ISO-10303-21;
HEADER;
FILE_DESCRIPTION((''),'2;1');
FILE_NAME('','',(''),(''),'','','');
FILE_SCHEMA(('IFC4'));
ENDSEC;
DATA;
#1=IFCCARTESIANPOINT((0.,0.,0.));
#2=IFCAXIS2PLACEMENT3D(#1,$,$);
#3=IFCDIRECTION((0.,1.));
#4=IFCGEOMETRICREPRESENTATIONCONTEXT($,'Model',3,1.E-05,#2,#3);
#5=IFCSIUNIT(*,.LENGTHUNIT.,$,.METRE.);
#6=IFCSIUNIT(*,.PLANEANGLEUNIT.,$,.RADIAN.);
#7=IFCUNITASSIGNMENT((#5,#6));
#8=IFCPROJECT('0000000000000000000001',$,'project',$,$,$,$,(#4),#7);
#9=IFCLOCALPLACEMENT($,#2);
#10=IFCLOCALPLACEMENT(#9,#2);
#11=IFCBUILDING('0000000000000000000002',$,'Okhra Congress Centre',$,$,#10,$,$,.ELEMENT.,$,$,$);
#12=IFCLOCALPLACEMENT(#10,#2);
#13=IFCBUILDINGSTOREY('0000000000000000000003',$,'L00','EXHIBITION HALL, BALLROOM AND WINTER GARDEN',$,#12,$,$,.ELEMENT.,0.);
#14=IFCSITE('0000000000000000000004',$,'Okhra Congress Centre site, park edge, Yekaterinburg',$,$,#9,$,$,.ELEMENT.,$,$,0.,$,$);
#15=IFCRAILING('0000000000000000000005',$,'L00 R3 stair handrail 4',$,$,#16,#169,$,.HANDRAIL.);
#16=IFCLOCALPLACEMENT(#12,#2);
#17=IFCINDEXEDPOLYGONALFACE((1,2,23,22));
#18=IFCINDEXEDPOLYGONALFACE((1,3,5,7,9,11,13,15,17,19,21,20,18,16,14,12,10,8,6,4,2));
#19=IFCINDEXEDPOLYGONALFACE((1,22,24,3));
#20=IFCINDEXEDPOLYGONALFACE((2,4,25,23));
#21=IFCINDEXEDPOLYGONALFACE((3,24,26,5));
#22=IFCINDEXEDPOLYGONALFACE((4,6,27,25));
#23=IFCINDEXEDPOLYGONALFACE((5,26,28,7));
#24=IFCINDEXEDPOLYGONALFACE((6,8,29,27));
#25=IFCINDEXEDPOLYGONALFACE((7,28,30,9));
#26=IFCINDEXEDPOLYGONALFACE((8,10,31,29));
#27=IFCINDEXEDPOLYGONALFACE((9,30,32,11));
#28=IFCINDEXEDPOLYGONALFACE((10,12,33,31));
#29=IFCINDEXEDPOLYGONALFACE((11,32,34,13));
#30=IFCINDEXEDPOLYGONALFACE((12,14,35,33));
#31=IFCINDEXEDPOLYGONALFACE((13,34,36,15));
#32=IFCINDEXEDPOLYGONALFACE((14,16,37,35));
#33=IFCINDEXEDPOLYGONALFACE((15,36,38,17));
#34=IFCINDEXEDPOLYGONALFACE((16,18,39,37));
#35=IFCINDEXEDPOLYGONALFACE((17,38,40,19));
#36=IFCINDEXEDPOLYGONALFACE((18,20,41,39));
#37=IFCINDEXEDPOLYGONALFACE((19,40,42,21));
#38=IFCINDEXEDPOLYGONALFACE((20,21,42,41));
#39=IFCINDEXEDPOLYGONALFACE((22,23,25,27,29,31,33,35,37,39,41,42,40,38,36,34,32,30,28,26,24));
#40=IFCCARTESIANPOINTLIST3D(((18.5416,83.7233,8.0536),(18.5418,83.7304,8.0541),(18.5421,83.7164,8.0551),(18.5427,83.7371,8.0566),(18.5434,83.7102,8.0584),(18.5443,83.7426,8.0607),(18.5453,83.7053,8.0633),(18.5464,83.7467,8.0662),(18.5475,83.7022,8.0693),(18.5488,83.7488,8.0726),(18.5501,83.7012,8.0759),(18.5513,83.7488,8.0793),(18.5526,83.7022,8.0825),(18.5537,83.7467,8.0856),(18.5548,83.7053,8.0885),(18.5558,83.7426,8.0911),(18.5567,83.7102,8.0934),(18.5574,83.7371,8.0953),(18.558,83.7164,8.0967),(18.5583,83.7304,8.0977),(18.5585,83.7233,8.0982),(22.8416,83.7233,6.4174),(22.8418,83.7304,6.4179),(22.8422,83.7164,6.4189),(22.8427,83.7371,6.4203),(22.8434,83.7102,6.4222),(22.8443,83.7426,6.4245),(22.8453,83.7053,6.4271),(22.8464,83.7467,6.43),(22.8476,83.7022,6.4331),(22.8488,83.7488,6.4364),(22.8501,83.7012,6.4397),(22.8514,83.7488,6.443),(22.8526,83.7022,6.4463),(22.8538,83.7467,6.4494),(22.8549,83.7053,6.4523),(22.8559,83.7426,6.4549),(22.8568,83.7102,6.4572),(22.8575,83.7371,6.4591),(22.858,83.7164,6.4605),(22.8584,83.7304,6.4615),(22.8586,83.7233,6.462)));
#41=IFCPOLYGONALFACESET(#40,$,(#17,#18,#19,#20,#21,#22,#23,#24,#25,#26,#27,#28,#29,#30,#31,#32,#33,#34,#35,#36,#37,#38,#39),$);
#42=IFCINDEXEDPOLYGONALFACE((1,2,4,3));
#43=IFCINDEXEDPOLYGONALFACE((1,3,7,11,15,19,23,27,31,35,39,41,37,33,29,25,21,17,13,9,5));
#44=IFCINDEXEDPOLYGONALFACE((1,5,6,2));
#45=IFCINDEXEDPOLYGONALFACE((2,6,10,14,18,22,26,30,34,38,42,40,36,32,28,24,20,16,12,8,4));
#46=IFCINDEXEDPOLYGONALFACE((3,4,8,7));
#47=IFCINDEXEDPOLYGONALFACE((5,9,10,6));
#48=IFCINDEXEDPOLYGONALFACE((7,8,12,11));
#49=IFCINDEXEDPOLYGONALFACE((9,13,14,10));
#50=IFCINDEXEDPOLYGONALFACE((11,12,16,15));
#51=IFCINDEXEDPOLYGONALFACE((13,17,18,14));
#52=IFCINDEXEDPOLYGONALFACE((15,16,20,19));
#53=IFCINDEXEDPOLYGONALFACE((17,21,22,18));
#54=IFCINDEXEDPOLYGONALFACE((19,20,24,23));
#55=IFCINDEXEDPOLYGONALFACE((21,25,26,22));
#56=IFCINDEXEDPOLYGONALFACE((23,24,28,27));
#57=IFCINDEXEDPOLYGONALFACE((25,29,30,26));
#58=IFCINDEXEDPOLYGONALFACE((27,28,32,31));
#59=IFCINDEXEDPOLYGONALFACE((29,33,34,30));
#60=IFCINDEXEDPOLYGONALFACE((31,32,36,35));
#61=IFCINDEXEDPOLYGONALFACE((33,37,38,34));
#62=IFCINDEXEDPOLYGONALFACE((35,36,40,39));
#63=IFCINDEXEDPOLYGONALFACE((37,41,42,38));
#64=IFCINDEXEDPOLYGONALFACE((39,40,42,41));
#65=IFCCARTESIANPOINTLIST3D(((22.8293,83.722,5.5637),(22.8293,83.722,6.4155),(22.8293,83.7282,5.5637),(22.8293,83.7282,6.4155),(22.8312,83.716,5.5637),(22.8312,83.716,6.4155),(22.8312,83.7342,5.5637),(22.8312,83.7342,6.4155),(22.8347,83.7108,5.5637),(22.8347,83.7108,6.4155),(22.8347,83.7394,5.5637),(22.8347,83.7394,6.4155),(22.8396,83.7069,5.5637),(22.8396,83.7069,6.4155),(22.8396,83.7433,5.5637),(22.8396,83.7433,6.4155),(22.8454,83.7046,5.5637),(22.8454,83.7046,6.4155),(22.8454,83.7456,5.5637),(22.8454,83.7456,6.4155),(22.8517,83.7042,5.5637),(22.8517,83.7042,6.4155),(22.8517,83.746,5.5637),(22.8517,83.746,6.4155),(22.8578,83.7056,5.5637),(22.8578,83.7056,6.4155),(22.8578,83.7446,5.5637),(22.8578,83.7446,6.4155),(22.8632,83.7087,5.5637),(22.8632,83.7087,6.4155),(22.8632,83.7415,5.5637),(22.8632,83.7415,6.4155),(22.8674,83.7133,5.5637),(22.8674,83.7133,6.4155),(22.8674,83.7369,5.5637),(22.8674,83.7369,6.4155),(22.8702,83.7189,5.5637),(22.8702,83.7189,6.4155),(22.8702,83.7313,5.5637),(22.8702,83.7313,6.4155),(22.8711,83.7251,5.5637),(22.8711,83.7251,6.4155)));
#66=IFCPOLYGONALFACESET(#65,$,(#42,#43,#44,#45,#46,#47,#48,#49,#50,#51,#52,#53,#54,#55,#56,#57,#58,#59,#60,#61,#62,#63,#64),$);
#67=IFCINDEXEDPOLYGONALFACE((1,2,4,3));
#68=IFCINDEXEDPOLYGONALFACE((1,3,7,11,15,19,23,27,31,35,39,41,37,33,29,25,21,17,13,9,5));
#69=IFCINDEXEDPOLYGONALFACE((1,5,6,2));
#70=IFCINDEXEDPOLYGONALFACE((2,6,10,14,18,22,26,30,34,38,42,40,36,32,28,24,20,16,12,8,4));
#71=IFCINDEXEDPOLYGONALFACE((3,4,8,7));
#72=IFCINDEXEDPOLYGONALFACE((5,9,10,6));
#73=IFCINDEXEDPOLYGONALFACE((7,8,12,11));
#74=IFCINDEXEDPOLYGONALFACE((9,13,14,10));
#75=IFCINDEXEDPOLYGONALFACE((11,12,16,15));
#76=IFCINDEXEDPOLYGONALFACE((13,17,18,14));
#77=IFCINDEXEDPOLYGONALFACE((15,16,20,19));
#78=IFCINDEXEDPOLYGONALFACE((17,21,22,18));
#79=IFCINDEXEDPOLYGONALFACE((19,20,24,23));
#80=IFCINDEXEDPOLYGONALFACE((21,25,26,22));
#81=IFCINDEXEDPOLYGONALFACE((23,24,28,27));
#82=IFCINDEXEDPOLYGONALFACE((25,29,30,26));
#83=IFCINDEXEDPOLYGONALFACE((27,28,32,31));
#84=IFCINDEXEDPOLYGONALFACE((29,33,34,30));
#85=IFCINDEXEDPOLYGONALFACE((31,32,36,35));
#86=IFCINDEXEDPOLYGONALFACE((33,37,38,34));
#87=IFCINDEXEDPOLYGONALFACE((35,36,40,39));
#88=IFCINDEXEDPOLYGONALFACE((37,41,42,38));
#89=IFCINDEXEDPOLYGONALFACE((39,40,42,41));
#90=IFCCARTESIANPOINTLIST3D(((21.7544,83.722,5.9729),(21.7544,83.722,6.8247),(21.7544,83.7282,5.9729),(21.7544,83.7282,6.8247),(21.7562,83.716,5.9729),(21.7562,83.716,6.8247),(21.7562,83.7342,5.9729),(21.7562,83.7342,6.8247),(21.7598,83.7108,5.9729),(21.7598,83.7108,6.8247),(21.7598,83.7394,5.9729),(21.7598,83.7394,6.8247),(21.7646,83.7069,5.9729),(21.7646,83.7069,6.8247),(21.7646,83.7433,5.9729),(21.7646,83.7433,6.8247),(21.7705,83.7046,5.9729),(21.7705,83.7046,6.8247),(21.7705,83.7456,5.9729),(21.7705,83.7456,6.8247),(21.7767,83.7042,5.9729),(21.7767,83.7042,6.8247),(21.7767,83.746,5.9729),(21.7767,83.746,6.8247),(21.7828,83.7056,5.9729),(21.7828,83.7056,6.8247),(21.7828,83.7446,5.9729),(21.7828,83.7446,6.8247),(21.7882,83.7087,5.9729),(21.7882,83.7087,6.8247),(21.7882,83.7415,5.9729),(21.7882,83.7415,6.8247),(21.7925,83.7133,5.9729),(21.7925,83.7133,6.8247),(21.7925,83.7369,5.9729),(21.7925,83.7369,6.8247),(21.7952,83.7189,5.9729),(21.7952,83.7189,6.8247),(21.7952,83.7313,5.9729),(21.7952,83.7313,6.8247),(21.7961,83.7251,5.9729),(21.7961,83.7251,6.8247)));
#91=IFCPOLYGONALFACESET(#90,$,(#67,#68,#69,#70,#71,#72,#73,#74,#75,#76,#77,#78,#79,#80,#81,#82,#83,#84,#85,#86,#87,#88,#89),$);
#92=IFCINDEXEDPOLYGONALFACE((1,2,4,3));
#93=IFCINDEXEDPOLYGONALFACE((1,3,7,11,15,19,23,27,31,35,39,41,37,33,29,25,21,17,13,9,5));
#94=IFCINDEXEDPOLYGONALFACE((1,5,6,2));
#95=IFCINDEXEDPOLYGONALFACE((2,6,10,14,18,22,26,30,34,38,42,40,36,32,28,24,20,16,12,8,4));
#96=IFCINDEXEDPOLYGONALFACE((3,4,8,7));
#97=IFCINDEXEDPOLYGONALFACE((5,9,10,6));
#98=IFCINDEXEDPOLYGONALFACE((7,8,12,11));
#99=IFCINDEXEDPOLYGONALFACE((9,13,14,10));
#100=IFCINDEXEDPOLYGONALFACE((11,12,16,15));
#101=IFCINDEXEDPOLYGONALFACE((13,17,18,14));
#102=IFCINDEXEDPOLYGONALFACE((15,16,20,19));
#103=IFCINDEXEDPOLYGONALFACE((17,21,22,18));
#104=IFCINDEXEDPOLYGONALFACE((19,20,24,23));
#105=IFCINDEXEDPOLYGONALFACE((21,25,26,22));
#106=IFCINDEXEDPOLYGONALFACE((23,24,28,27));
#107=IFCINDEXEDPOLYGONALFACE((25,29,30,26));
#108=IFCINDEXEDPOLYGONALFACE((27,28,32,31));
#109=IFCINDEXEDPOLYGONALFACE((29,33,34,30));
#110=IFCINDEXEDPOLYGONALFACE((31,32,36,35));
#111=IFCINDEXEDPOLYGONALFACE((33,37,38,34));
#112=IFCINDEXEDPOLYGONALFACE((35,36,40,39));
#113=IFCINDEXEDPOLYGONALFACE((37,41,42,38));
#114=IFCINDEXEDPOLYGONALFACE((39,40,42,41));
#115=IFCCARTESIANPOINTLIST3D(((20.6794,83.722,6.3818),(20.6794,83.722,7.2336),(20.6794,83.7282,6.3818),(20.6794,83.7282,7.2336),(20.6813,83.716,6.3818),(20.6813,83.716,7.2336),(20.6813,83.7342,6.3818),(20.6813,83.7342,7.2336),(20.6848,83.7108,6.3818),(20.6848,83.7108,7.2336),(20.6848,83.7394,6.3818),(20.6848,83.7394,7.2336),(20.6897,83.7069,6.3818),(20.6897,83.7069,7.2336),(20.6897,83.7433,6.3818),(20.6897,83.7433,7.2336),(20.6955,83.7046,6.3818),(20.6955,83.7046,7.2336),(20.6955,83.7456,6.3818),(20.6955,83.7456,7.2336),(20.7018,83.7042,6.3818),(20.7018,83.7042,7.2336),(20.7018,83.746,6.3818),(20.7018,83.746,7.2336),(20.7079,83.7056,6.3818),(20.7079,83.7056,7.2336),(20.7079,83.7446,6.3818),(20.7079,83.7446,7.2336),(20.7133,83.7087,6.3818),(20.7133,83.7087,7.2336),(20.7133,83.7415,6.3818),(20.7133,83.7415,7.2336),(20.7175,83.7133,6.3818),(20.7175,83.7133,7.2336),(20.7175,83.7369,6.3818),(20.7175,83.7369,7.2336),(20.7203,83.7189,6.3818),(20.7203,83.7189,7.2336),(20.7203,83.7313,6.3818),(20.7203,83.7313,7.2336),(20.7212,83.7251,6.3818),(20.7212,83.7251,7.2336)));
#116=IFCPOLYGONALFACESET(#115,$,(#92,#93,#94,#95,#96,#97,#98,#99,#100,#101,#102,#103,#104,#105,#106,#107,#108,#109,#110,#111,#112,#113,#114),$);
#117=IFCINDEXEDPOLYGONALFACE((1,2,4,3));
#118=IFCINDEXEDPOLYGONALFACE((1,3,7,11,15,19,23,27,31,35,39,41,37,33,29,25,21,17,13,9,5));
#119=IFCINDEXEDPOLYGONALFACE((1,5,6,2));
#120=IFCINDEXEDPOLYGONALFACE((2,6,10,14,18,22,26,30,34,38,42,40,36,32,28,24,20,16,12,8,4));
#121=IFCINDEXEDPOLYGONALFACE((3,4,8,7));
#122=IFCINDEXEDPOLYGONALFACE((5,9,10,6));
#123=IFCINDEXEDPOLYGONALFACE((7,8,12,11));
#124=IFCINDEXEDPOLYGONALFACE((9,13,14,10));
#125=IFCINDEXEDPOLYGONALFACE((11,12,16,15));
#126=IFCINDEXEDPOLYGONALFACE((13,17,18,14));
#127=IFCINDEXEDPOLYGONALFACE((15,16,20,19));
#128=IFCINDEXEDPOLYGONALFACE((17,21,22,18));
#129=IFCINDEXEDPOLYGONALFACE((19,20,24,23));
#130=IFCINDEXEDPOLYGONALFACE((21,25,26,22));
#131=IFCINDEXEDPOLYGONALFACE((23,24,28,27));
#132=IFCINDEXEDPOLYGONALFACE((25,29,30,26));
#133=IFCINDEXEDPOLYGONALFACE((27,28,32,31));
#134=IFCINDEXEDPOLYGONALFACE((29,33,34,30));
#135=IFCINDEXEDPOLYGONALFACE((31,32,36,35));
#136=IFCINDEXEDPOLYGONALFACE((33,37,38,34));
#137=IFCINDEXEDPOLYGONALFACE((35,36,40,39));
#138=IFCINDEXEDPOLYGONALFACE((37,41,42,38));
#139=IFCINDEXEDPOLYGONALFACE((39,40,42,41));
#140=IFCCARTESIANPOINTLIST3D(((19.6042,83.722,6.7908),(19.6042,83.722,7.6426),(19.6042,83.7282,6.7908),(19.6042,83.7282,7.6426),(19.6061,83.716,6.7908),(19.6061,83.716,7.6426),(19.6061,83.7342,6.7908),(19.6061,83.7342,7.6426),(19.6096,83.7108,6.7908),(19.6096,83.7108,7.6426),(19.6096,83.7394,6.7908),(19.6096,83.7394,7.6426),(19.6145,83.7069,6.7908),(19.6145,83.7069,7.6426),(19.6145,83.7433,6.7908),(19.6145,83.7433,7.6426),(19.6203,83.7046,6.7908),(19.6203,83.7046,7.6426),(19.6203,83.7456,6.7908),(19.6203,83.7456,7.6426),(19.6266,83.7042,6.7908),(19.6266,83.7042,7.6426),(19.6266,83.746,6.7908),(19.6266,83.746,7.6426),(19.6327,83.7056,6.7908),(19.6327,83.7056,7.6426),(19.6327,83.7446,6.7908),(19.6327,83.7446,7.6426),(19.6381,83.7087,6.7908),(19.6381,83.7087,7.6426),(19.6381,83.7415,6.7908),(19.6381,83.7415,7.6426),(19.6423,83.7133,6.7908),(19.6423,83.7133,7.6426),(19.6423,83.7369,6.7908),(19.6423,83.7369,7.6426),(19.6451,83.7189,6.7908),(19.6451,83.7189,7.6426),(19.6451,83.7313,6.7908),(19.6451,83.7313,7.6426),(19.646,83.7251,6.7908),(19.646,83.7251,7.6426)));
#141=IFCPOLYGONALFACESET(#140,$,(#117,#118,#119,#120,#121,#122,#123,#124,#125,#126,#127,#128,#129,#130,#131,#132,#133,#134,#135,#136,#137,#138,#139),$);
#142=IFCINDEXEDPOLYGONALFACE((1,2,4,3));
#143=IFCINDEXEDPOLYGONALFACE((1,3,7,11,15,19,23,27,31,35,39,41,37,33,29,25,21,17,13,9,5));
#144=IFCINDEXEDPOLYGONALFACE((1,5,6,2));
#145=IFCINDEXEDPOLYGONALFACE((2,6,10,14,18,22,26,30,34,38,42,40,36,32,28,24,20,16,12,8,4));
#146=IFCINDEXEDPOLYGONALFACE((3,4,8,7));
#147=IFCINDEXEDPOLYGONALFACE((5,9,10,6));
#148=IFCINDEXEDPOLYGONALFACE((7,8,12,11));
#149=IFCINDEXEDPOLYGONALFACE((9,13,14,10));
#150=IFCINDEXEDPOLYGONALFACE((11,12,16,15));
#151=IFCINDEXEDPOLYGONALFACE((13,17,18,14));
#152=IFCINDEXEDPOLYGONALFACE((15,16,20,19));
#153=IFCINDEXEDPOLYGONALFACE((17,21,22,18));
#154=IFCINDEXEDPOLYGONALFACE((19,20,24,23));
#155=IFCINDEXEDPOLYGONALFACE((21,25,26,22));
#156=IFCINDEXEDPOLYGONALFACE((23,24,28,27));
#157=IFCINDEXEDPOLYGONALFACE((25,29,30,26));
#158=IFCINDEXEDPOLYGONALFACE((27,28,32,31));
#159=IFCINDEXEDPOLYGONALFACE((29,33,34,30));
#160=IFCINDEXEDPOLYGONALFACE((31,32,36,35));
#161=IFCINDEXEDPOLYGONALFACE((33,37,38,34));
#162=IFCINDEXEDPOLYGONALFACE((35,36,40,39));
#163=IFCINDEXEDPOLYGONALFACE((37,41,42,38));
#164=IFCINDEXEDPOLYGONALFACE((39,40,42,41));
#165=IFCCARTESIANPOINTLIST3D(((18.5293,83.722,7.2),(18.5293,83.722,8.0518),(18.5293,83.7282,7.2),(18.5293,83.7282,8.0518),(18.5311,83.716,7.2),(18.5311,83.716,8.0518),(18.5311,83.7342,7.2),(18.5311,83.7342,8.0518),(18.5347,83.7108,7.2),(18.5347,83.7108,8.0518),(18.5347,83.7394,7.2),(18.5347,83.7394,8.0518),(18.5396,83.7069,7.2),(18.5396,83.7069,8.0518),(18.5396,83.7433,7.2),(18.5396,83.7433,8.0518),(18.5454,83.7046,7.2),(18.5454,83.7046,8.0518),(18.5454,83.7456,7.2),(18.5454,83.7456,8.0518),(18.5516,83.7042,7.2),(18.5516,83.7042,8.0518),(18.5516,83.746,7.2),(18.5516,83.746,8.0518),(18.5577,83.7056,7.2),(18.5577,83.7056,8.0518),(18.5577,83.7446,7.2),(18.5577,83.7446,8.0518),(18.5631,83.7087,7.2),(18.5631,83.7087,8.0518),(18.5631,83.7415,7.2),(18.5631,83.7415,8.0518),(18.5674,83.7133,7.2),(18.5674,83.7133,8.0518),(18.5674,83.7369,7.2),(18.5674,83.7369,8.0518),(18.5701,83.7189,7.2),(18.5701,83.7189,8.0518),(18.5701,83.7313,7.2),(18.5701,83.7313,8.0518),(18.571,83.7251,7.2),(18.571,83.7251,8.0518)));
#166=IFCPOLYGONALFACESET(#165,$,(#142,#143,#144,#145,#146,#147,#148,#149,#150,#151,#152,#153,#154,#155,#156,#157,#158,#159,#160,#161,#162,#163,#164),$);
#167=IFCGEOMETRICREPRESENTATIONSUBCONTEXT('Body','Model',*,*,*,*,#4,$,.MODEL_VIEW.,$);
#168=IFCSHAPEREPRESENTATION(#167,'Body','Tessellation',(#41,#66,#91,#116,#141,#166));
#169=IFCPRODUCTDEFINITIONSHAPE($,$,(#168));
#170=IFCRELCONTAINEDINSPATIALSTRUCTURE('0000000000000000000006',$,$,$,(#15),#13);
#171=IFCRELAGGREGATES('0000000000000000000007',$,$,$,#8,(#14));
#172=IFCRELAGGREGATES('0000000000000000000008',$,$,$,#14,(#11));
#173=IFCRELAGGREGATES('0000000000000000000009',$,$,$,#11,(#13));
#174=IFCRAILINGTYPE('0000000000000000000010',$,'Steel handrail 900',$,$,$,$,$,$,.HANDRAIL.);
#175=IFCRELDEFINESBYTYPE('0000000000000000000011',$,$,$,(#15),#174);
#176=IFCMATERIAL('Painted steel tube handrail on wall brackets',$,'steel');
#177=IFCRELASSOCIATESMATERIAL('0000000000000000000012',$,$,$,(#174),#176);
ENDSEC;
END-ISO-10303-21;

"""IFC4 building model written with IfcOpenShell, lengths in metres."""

from ifc_helpers import new_model, si_unit, direction, frame, origin, origin_2d, place, context, subcontext, project, spatial, circle, extrude, material, type_object, element, save


model = new_model("IFC4")

# Units and contexts
model_context = context("Model", 3, precision=1e-05, world=origin(), true_north=direction((0.0, 1.0)))
body_context = subcontext(model_context, "Body", "Model", "MODEL_VIEW")
ifc_project = project(units=[si_unit("LENGTHUNIT", "METRE"), si_unit("PLANEANGLEUNIT", "RADIAN")], contexts=[model_context])

# Site, building, storey
site_placement = place(None, origin())
site = spatial("IfcSite", under=ifc_project, at=site_placement, Name="Okhra Congress Centre site, park edge, Yekaterinburg", CompositionType="ELEMENT", RefElevation=0.0)
building_placement = place(site_placement, origin())
building = spatial("IfcBuilding", under=site, at=building_placement, Name="Okhra Congress Centre", CompositionType="ELEMENT")
storey_placement = place(building_placement, origin())
storey = spatial("IfcBuildingStorey", under=building, at=storey_placement, Name="L00", Description="EXHIBITION HALL, BALLROOM AND WINTER GARDEN", CompositionType="ELEMENT", Elevation=0.0)

# Railing
ifc_material_1 = material(Name="Painted steel tube handrail on wall brackets", Category="steel")
railing_type_1 = type_object("IfcRailingType", Name="Steel handrail 900", PredefinedType="HANDRAIL", material=ifc_material_1)
railing_1_placement = place(storey_placement, frame((22.8501, 83.7251, 5.5637)))
element("IfcRailing", 1, at=railing_1_placement, inside=storey, type_object=railing_type_1, Name="L00 R3 stair handrail 4", PredefinedType="HANDRAIL", context=body_context, shape_type="SweptSolid", body=[
    extrude(circle(Radius=0.0239, at=origin_2d()), frame((0.0, 0.0, 0.876), z_axis=(-0.934624, 0.0, 0.355638), x_axis=(0.0, -1.0, 0.0)), (0.0, 0.0, 1.0), 4.6008),
    extrude(circle(Radius=0.021, at=origin_2d()), origin(), (0.0, 0.0, 1.0), 0.8518),
    extrude(circle(Radius=0.021, at=origin_2d()), frame((-1.075, 0.0, 0.4092)), (0.0, 0.0, 1.0), 0.8518),
    extrude(circle(Radius=0.021, at=origin_2d()), frame((-2.1499, 0.0, 0.8181)), (0.0, 0.0, 1.0), 0.8518),
    extrude(circle(Radius=0.021, at=origin_2d()), frame((-3.2251, 0.0, 1.2271)), (0.0, 0.0, 1.0), 0.8518),
    extrude(circle(Radius=0.021, at=origin_2d()), frame((-4.3, 0.0, 1.6362)), (0.0, 0.0, 1.0), 0.8518),
])

save(model, "model.ifc")
